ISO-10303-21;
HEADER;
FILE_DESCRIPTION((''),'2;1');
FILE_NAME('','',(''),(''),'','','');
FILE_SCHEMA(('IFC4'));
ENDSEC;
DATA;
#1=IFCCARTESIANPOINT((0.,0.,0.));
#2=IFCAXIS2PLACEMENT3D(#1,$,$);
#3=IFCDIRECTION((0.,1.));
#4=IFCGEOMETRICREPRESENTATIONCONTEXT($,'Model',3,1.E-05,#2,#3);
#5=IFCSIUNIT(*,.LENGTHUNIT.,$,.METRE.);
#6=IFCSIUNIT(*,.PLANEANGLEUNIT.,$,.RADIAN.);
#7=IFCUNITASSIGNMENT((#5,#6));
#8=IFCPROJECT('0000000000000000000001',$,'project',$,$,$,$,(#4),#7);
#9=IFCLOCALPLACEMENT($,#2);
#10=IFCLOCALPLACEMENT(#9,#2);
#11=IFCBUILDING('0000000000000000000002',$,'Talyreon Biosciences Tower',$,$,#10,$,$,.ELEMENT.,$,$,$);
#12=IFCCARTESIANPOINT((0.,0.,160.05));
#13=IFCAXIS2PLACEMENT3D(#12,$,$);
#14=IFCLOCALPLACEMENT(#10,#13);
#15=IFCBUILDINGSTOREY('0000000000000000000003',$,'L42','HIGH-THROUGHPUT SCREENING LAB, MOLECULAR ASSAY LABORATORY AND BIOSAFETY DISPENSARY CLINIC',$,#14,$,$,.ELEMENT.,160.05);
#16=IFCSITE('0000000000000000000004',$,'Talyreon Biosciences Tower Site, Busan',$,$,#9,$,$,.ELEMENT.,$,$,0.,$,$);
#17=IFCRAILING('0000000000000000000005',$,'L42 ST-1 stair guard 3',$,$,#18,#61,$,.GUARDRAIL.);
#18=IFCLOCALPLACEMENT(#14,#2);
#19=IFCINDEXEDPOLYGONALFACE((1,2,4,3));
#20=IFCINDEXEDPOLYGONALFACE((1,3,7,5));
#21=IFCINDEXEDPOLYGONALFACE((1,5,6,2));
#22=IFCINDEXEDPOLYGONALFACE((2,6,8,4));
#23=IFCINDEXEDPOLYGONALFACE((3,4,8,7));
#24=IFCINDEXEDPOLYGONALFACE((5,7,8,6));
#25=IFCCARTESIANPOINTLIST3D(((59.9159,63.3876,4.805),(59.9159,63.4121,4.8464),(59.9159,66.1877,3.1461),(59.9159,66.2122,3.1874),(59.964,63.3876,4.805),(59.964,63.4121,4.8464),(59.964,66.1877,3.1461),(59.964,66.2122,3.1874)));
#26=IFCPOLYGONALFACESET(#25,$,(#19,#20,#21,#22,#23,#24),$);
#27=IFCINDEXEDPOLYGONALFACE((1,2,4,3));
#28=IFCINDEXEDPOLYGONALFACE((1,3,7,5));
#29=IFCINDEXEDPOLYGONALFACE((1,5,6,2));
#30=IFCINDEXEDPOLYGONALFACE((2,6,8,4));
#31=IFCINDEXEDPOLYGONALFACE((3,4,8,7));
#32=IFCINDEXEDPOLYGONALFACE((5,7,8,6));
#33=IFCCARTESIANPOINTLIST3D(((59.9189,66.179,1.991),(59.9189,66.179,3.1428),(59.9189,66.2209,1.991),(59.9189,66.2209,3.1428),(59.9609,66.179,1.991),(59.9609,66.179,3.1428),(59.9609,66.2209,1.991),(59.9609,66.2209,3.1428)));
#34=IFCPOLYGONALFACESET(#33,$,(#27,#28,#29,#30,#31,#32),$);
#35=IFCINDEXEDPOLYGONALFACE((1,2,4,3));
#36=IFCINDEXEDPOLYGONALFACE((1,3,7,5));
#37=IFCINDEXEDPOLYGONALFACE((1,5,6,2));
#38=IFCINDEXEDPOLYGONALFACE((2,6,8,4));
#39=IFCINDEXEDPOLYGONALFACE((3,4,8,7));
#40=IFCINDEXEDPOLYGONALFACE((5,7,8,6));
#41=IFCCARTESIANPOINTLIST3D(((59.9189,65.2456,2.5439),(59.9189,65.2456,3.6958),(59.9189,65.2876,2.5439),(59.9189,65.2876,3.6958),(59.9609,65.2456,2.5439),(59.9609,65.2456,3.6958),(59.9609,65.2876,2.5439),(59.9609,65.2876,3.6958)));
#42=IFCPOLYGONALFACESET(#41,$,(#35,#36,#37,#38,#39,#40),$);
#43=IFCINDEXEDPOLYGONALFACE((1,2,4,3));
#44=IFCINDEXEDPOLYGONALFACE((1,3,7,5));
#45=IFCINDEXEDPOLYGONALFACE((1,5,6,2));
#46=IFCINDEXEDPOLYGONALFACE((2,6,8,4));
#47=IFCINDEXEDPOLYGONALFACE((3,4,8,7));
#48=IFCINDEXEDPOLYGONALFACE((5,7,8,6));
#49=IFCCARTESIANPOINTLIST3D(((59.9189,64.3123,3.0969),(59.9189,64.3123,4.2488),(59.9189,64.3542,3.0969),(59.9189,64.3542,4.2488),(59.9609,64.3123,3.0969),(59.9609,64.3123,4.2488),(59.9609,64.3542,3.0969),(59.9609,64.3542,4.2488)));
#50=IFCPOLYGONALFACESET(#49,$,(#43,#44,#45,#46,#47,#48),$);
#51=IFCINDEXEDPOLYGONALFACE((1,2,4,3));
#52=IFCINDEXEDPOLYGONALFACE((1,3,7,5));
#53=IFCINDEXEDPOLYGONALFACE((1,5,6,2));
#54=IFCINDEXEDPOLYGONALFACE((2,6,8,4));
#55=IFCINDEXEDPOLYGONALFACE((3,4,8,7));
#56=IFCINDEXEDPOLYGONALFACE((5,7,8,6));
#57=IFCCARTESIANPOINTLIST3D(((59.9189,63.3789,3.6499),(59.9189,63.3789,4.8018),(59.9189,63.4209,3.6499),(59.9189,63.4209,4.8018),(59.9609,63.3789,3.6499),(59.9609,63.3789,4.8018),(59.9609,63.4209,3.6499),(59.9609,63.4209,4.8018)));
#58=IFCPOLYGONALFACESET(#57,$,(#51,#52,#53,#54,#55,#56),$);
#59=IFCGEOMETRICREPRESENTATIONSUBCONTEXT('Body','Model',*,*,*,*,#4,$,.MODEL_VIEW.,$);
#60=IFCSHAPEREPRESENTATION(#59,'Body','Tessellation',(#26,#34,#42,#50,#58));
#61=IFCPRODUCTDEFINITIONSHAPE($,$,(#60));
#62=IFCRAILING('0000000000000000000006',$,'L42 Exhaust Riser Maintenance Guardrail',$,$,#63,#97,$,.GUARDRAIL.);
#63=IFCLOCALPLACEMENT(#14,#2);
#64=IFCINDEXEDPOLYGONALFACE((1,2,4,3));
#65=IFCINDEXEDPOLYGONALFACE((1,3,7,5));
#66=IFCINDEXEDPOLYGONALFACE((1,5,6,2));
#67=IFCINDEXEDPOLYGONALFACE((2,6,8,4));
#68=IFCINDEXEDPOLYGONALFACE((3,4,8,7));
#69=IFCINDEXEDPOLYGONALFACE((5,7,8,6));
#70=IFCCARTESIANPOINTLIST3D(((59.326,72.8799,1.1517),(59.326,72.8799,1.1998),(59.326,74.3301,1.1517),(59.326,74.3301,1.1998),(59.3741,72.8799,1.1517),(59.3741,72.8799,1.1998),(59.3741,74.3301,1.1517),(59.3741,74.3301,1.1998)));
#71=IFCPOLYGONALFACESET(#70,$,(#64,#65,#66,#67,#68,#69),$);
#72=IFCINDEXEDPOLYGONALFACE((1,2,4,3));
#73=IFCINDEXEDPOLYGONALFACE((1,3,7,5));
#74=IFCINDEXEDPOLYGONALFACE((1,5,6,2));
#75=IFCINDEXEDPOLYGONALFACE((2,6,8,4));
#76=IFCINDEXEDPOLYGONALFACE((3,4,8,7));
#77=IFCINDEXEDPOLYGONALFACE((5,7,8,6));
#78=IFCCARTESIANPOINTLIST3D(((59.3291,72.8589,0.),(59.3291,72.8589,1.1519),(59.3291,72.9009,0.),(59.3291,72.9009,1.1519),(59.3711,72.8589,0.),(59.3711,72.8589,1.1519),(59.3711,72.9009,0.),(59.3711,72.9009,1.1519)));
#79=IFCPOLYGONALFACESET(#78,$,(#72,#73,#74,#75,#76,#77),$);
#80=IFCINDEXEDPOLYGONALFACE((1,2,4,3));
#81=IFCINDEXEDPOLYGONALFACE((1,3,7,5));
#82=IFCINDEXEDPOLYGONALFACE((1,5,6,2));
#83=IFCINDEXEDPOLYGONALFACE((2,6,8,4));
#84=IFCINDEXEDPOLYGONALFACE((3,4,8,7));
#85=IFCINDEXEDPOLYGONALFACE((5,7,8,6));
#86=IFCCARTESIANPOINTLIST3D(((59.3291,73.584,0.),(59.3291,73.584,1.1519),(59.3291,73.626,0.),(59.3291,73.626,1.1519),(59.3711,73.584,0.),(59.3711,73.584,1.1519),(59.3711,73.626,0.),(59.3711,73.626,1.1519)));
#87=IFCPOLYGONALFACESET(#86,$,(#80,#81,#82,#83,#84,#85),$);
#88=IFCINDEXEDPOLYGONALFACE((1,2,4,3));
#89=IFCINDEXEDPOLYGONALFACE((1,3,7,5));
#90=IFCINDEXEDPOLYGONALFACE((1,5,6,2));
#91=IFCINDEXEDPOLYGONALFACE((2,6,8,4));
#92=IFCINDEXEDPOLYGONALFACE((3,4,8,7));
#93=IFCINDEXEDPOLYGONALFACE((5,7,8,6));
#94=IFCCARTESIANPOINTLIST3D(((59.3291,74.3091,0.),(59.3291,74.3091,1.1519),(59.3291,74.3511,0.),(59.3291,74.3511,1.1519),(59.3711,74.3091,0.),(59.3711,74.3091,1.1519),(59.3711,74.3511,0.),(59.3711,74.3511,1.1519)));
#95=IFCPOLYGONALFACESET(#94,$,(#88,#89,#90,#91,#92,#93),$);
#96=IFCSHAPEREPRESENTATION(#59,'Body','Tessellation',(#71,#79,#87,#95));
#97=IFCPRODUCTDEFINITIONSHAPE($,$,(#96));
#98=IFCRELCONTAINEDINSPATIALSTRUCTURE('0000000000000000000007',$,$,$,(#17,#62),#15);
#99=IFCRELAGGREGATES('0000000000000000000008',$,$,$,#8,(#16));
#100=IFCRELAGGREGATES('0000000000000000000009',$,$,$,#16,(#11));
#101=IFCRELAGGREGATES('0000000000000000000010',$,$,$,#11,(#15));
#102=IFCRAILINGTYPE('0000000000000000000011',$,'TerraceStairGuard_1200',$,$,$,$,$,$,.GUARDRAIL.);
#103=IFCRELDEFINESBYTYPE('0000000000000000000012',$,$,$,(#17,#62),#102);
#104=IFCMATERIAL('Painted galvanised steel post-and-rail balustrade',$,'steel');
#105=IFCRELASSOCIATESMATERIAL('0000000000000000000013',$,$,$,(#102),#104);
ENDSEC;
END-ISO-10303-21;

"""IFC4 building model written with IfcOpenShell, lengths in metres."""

from ifc_helpers import new_model, si_unit, direction, frame, origin, origin_2d, place, context, subcontext, project, spatial, rectangle, extrude, material, type_object, element, save


model = new_model("IFC4")

# Units and contexts
model_context = context("Model", 3, precision=1e-05, world=origin(), true_north=direction((0.0, 1.0)))
body_context = subcontext(model_context, "Body", "Model", "MODEL_VIEW")
ifc_project = project(units=[si_unit("LENGTHUNIT", "METRE"), si_unit("PLANEANGLEUNIT", "RADIAN")], contexts=[model_context])

# Site, building, storey
site_placement = place(None, origin())
site = spatial("IfcSite", under=ifc_project, at=site_placement, Name="Talyreon Biosciences Tower Site, Busan", CompositionType="ELEMENT", RefElevation=0.0)
building_placement = place(site_placement, origin())
building = spatial("IfcBuilding", under=site, at=building_placement, Name="Talyreon Biosciences Tower", CompositionType="ELEMENT")
storey_placement = place(building_placement, frame((0.0, 0.0, 160.05)))
storey = spatial("IfcBuildingStorey", under=building, at=storey_placement, Name="L42", Description="HIGH-THROUGHPUT SCREENING LAB, MOLECULAR ASSAY LABORATORY AND BIOSAFETY DISPENSARY CLINIC", CompositionType="ELEMENT", Elevation=160.05)

# Railings
ifc_material_1 = material(Name="Painted galvanised steel post-and-rail balustrade", Category="steel")
railing_type_1 = type_object("IfcRailingType", Name="TerraceStairGuard_1200", PredefinedType="GUARDRAIL", material=ifc_material_1)
railing_1_placement = place(storey_placement, frame((59.9399, 66.2, 1.991)))
element("IfcRailing", 1, at=railing_1_placement, inside=storey, type_object=railing_type_1, Name="L42 ST-1 stair guard 3", PredefinedType="GUARDRAIL", context=body_context, shape_type="SweptSolid", body=[
    extrude(rectangle(XDim=0.0481, YDim=0.0481, at=origin_2d()), frame((0.0, 0.0, 1.1758), z_axis=(0.0, -0.860339, 0.509722), x_axis=(1.0, 0.0, 0.0)), (0.0, 0.0, 1.0), 3.2546),
    extrude(rectangle(XDim=0.042, YDim=0.042, at=origin_2d()), origin(), (0.0, 0.0, 1.0), 1.1519),
    extrude(rectangle(XDim=0.042, YDim=0.042, at=origin_2d()), frame((0.0, -0.9333, 0.553)), (0.0, 0.0, 1.0), 1.1519),
    extrude(rectangle(XDim=0.042, YDim=0.042, at=origin_2d()), frame((0.0, -1.8667, 1.106)), (0.0, 0.0, 1.0), 1.1519),
    extrude(rectangle(XDim=0.042, YDim=0.042, at=origin_2d()), frame((0.0, -2.8, 1.6589)), (0.0, 0.0, 1.0), 1.1519),
])
railing_2_placement = place(storey_placement, frame((59.3501, 72.8799, 0.0)))
element("IfcRailing", 2, at=railing_2_placement, inside=storey, type_object=railing_type_1, Name="L42 Exhaust Riser Maintenance Guardrail", PredefinedType="GUARDRAIL", context=body_context, shape_type="SweptSolid", body=[
    extrude(rectangle(XDim=0.0481, YDim=0.0481, at=origin_2d()), frame((0.0, 0.0, 1.1758), z_axis=(0.0, 1.0, 0.0), x_axis=(-1.0, 0.0, 0.0)), (0.0, 0.0, 1.0), 1.4502),
    extrude(rectangle(XDim=0.042, YDim=0.042, at=origin_2d()), origin(), (0.0, 0.0, 1.0), 1.1519),
    extrude(rectangle(XDim=0.042, YDim=0.042, at=origin_2d()), frame((0.0, 0.7251, 0.0)), (0.0, 0.0, 1.0), 1.1519),
    extrude(rectangle(XDim=0.042, YDim=0.042, at=origin_2d()), frame((0.0, 1.4502, 0.0)), (0.0, 0.0, 1.0), 1.1519),
])

save(model, "model.ifc")
